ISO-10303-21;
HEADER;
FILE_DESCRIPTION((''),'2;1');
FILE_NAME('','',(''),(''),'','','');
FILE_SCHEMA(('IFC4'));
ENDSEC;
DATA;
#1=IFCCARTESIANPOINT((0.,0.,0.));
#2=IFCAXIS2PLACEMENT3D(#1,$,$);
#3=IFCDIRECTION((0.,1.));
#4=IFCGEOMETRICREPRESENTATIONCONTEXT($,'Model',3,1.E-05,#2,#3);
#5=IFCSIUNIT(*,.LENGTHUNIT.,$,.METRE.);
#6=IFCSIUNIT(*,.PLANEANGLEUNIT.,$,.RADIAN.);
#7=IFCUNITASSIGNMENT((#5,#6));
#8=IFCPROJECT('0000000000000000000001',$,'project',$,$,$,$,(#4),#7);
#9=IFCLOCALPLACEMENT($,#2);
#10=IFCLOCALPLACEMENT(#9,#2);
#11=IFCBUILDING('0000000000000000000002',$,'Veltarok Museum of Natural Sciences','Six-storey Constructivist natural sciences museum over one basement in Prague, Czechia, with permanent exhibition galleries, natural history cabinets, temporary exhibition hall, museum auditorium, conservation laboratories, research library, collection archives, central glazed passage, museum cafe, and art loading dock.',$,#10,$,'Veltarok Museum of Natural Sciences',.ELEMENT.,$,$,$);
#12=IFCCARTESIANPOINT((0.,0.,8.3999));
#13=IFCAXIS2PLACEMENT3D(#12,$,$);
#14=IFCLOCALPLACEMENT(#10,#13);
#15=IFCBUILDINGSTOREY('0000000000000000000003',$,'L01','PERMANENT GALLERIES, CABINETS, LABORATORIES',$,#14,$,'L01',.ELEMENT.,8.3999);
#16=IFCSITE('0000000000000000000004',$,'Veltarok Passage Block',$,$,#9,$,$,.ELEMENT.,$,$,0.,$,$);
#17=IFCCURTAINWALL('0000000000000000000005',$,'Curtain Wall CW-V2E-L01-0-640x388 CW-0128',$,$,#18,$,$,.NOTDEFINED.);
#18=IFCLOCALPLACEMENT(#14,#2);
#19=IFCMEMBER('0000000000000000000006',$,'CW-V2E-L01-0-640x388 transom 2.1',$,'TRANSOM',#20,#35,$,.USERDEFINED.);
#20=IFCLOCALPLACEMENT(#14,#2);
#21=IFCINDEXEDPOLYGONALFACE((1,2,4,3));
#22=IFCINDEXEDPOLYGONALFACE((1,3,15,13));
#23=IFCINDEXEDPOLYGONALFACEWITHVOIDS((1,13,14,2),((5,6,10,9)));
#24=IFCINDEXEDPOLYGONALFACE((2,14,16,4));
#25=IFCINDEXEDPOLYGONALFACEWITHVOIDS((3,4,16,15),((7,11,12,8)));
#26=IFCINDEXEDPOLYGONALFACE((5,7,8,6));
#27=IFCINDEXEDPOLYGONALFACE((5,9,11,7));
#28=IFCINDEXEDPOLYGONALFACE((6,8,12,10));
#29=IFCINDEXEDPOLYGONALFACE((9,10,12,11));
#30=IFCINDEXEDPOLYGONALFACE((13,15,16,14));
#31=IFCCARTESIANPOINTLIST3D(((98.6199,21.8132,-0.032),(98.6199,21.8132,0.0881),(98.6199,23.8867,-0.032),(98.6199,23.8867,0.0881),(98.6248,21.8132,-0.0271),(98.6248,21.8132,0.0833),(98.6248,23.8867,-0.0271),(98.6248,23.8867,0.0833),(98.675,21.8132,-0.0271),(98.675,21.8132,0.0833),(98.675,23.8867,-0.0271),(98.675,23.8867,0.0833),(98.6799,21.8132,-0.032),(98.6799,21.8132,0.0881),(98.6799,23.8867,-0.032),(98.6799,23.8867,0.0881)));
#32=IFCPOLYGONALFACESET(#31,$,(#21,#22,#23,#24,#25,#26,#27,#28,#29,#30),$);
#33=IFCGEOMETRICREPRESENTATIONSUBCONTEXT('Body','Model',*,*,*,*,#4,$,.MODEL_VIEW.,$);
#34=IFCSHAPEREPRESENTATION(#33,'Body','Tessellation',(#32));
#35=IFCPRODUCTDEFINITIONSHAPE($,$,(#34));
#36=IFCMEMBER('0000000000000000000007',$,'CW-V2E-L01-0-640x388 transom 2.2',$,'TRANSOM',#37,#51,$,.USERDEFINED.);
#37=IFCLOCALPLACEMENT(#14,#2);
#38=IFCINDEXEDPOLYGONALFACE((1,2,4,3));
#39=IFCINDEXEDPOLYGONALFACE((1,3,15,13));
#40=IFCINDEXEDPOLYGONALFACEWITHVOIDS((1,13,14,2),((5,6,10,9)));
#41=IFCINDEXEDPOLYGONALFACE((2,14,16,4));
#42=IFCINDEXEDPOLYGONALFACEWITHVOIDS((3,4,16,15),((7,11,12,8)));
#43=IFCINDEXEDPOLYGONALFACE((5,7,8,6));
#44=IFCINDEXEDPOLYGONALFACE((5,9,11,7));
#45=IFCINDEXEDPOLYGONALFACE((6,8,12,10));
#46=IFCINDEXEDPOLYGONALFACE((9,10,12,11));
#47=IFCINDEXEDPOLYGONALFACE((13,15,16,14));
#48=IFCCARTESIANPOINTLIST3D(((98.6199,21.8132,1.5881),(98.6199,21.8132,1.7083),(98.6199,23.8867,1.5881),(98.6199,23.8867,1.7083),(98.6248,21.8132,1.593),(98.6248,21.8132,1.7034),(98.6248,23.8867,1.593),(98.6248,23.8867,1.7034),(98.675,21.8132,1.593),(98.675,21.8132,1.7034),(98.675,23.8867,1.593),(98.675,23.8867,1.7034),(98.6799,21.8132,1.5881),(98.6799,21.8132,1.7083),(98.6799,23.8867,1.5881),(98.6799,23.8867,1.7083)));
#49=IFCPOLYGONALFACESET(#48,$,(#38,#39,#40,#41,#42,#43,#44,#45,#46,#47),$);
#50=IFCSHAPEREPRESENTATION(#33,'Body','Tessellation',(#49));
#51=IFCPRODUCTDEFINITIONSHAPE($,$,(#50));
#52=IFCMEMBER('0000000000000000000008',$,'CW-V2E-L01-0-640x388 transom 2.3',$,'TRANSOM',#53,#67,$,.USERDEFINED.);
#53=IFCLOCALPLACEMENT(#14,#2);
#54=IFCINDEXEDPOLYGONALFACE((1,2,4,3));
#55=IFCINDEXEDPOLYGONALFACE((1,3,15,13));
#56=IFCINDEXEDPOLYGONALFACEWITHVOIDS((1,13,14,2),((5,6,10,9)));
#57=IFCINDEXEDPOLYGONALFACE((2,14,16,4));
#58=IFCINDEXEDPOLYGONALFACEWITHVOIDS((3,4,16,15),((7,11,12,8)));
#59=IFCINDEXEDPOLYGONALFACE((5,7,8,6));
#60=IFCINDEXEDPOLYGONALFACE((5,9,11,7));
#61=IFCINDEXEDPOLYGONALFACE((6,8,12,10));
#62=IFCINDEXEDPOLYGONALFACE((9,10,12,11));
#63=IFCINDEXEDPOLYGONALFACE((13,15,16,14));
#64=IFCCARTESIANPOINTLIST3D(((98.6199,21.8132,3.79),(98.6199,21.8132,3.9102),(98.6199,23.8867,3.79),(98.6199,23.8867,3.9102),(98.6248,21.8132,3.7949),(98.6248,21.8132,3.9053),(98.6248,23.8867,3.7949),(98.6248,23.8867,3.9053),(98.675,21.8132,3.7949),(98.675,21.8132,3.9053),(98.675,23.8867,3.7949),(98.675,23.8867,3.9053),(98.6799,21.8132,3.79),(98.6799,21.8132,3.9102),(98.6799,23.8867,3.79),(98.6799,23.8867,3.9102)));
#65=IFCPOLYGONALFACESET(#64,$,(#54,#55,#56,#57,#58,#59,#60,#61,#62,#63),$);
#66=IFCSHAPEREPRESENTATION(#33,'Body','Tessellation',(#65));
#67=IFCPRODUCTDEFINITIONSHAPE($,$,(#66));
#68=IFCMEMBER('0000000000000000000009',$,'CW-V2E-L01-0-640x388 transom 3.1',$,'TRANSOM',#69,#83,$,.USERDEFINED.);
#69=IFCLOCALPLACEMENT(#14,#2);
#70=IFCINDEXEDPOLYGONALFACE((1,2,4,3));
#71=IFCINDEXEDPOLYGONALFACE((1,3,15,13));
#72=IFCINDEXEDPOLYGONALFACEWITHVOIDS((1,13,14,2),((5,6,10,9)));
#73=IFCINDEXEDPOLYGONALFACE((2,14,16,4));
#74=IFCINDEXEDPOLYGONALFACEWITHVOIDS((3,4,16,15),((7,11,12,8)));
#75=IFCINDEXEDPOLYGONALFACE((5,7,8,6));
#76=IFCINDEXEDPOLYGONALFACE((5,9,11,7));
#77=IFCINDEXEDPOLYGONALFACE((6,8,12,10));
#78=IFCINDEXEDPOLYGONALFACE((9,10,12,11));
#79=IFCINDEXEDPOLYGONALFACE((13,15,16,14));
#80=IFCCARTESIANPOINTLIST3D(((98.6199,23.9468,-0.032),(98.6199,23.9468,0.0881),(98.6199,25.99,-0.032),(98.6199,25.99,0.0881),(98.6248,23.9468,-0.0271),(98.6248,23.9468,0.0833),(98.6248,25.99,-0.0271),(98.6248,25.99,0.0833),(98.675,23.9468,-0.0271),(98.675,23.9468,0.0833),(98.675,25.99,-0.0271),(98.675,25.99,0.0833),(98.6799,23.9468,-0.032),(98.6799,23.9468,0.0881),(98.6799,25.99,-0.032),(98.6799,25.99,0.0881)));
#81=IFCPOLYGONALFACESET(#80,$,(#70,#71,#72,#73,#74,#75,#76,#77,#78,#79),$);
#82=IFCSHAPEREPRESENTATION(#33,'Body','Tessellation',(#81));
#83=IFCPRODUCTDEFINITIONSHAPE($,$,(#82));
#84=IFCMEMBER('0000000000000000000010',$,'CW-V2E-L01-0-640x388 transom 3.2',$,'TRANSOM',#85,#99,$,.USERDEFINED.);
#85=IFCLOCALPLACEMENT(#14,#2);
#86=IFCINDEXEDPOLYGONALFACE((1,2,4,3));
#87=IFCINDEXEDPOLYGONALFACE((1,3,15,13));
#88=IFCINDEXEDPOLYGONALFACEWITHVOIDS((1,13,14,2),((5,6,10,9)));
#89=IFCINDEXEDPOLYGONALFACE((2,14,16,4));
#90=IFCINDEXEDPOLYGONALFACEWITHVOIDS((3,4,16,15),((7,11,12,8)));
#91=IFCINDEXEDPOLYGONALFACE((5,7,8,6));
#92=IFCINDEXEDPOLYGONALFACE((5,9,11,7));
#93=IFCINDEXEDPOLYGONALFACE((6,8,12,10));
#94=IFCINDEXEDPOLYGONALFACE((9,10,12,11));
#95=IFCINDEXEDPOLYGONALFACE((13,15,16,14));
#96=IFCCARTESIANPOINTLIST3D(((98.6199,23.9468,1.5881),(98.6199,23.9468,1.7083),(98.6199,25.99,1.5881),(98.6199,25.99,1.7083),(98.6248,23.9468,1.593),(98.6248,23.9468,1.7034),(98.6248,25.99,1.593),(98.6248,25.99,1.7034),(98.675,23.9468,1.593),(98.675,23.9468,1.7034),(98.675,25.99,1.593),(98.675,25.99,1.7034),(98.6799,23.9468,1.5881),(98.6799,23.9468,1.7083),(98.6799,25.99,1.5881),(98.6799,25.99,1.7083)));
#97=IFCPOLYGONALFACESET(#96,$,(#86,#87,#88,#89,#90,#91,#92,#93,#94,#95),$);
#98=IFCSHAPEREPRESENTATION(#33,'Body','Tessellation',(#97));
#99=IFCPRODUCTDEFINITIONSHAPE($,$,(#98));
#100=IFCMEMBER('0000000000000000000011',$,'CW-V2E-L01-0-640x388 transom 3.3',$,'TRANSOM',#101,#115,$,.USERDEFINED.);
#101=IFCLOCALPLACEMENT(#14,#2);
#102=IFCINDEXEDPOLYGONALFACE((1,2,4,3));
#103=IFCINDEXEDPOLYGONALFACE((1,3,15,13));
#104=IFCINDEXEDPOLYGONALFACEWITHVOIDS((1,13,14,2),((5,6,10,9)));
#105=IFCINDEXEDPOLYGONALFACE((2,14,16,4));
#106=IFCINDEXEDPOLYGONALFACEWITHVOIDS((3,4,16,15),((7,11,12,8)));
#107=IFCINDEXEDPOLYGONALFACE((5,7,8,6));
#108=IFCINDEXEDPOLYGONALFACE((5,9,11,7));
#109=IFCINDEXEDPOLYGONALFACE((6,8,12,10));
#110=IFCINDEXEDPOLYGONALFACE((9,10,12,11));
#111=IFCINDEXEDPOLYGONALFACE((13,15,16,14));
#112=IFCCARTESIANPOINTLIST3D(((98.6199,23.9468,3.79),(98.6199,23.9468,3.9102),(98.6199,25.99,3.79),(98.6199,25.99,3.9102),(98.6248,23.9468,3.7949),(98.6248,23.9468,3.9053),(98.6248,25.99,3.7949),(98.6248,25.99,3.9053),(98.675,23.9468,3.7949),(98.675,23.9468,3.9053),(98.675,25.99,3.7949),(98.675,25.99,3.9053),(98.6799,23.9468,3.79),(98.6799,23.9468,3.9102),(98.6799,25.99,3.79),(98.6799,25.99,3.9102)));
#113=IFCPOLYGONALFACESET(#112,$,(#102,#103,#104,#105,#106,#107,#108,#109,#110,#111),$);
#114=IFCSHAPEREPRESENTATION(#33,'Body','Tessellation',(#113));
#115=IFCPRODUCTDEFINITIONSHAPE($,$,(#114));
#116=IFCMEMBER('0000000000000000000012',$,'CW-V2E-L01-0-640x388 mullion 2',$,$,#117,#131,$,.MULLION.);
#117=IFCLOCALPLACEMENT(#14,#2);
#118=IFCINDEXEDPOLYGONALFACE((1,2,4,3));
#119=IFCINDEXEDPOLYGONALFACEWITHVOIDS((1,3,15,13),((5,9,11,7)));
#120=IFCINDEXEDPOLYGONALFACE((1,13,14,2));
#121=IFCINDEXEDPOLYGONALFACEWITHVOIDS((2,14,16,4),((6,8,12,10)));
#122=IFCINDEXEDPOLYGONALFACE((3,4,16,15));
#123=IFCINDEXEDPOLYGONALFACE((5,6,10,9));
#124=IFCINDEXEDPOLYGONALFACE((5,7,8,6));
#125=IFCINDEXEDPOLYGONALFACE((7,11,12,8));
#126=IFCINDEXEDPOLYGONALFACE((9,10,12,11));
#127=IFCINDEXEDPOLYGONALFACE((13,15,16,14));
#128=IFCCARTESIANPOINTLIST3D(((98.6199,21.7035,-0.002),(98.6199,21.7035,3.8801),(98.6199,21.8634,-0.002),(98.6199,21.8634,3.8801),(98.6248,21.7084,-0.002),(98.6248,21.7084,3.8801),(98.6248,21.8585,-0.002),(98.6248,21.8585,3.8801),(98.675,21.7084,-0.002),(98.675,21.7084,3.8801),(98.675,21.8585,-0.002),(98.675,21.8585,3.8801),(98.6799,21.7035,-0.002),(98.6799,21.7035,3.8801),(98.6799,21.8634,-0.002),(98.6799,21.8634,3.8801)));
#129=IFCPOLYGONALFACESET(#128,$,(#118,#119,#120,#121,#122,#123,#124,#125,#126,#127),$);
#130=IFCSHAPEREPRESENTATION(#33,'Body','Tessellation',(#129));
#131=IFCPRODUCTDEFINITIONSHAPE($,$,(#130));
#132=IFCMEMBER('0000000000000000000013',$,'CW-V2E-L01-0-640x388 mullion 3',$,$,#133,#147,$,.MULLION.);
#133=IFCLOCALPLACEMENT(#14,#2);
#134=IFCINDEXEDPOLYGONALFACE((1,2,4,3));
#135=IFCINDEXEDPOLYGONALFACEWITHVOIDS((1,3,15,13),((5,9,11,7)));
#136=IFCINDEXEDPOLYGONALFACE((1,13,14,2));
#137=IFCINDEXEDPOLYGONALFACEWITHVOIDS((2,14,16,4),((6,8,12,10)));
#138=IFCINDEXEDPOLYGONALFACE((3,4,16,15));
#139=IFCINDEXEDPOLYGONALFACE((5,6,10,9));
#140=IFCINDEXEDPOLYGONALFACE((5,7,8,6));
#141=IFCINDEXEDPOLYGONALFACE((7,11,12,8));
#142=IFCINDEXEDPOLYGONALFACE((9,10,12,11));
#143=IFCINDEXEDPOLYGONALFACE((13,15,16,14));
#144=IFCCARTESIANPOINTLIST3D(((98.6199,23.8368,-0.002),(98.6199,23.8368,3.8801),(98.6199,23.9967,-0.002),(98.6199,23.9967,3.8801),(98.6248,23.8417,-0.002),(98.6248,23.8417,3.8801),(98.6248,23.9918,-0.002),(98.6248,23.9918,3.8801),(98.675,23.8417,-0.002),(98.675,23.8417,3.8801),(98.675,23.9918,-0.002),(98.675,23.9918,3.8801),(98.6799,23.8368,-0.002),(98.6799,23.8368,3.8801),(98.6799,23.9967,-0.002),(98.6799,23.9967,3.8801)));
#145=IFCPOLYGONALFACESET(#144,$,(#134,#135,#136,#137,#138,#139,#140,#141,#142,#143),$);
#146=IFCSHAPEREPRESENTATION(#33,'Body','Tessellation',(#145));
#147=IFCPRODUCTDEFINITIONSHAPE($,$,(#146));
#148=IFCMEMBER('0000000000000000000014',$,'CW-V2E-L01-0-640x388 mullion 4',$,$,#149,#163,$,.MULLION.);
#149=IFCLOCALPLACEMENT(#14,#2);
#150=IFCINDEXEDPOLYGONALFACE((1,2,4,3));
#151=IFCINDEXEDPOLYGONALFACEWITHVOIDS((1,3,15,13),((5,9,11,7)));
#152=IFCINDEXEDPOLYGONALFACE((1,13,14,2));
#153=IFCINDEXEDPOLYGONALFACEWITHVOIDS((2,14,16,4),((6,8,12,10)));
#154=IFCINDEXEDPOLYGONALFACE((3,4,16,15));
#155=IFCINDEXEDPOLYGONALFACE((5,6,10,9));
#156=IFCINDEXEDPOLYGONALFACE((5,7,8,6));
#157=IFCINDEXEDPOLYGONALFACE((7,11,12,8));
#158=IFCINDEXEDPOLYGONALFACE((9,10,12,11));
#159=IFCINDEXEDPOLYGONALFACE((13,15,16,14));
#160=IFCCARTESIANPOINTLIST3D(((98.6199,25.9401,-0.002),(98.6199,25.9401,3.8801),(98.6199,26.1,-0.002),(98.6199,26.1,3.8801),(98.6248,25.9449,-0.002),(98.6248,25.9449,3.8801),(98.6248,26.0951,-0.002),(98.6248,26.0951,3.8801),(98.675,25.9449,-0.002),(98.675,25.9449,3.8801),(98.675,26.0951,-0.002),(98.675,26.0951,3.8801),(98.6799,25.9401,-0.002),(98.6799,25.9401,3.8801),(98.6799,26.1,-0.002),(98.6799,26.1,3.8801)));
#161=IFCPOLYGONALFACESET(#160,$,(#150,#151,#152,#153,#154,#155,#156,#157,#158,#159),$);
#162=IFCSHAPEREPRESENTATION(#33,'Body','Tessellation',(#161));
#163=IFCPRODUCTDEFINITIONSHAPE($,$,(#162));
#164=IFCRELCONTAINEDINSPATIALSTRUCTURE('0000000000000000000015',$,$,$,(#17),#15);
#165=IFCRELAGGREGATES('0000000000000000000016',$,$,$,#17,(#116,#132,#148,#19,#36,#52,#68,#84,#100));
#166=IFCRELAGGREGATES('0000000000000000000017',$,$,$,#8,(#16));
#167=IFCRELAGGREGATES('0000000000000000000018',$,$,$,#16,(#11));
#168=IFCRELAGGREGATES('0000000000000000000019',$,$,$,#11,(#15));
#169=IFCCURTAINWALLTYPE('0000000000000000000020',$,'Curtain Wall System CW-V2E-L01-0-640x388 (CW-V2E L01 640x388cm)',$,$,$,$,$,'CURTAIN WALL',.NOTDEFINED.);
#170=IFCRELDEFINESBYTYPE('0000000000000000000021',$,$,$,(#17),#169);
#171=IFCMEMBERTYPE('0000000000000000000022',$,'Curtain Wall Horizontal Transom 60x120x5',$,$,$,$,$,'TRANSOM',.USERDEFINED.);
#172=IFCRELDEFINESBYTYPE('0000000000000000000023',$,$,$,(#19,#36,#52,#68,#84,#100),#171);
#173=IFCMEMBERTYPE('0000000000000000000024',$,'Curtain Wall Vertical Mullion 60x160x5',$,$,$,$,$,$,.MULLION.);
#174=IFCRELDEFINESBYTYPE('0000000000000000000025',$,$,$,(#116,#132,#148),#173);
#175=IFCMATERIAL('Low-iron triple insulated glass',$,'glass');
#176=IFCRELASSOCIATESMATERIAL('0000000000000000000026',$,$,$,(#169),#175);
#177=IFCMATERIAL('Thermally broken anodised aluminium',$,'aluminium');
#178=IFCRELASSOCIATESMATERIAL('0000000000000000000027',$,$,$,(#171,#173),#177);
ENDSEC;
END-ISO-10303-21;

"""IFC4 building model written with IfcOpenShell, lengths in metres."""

from ifc_helpers import new_model, si_unit, direction, frame, origin, origin_2d, place, context, subcontext, project, spatial, hollow_rectangle, extrude, material, material_profile, profile_set, type_object, element, aggregate, save


model = new_model("IFC4")

# Units and contexts
model_context = context("Model", 3, precision=1e-05, world=origin(), true_north=direction((0.0, 1.0)))
body_context = subcontext(model_context, "Body", "Model", "MODEL_VIEW")
ifc_project = project(units=[si_unit("LENGTHUNIT", "METRE"), si_unit("PLANEANGLEUNIT", "RADIAN")], contexts=[model_context])

# Site, building, storey
site_placement = place(None, origin())
site = spatial("IfcSite", under=ifc_project, at=site_placement, Name="Veltarok Passage Block", CompositionType="ELEMENT", RefElevation=0.0)
building_placement = place(site_placement, origin())
building = spatial("IfcBuilding", under=site, at=building_placement, Name="Veltarok Museum of Natural Sciences", Description="Six-storey Constructivist natural sciences museum over one basement in Prague, Czechia, with permanent exhibition galleries, natural history cabinets, temporary exhibition hall, museum auditorium, conservation laboratories, research library, collection archives, central glazed passage, museum cafe, and art loading dock.", LongName="Veltarok Museum of Natural Sciences", CompositionType="ELEMENT")
storey_placement = place(building_placement, frame((0.0, 0.0, 8.3999)))
storey = spatial("IfcBuildingStorey", under=building, at=storey_placement, Name="L01", Description="PERMANENT GALLERIES, CABINETS, LABORATORIES", LongName="L01", CompositionType="ELEMENT", Elevation=8.3999)

# Curtain wall, members
ifc_material_1 = material(Name="Low-iron triple insulated glass", Category="glass")
curtain_wall_type = type_object("IfcCurtainWallType", Name="Curtain Wall System CW-V2E-L01-0-640x388 (CW-V2E L01 640x388cm)", ElementType="CURTAIN WALL", PredefinedType="NOTDEFINED", material=ifc_material_1)
curtain_wall_placement = place(storey_placement, origin())
curtain_wall = element("IfcCurtainWall", 1, at=curtain_wall_placement, inside=storey, type_object=curtain_wall_type, Name="Curtain Wall CW-V2E-L01-0-640x388 CW-0128", PredefinedType="NOTDEFINED")
ifc_material_2 = material(Name="Thermally broken anodised aluminium", Category="aluminium")
ifc_material_profile_1 = material_profile(ifc_material_2, hollow_rectangle(XDim=0.0601, YDim=0.1201, WallThickness=0.0049, at=origin_2d()), Name="CW TRANSOM 60x120x5")
ifc_profile_set_1 = profile_set([ifc_material_profile_1], Name="Thermally broken anodised aluminium")
member_type_1 = type_object("IfcMemberType", Name="Curtain Wall Horizontal Transom 60x120x5", ElementType="TRANSOM", PredefinedType="USERDEFINED", material=ifc_profile_set_1)
member_1_placement = place(storey_placement, frame((98.6499, 21.8132, 0.0281), z_axis=(0.0, 1.0, 0.0), x_axis=(-1.0, 0.0, 0.0)))
member_1 = element("IfcMember", 2, at=member_1_placement, type_object=member_type_1, Name="CW-V2E-L01-0-640x388 transom 2.1", ObjectType="TRANSOM", PredefinedType="USERDEFINED", context=body_context, shape_type="SweptSolid", body=[
    extrude(hollow_rectangle(XDim=0.0601, YDim=0.1201, WallThickness=0.0049, at=origin_2d()), origin(), (0.0, 0.0, 1.0), 2.0735),
])
member_2_placement = place(storey_placement, frame((98.6499, 21.8132, 1.6482), z_axis=(0.0, 1.0, 0.0), x_axis=(-1.0, 0.0, 0.0)))
member_2 = element("IfcMember", 3, at=member_2_placement, type_object=member_type_1, Name="CW-V2E-L01-0-640x388 transom 2.2", ObjectType="TRANSOM", PredefinedType="USERDEFINED", context=body_context, shape_type="SweptSolid", body=[
    extrude(hollow_rectangle(XDim=0.0601, YDim=0.1201, WallThickness=0.0049, at=origin_2d()), origin(), (0.0, 0.0, 1.0), 2.0735),
])
member_3_placement = place(storey_placement, frame((98.6499, 21.8132, 3.8501), z_axis=(0.0, 1.0, 0.0), x_axis=(-1.0, 0.0, 0.0)))
member_3 = element("IfcMember", 4, at=member_3_placement, type_object=member_type_1, Name="CW-V2E-L01-0-640x388 transom 2.3", ObjectType="TRANSOM", PredefinedType="USERDEFINED", context=body_context, shape_type="SweptSolid", body=[
    extrude(hollow_rectangle(XDim=0.0601, YDim=0.1201, WallThickness=0.0049, at=origin_2d()), origin(), (0.0, 0.0, 1.0), 2.0735),
])
member_4_placement = place(storey_placement, frame((98.6499, 23.9468, 0.0281), z_axis=(0.0, 1.0, 0.0), x_axis=(-1.0, 0.0, 0.0)))
member_4 = element("IfcMember", 5, at=member_4_placement, type_object=member_type_1, Name="CW-V2E-L01-0-640x388 transom 3.1", ObjectType="TRANSOM", PredefinedType="USERDEFINED", context=body_context, shape_type="SweptSolid", body=[
    extrude(hollow_rectangle(XDim=0.0601, YDim=0.1201, WallThickness=0.0049, at=origin_2d()), origin(), (0.0, 0.0, 1.0), 2.0432),
])
member_5_placement = place(storey_placement, frame((98.6499, 23.9468, 1.6482), z_axis=(0.0, 1.0, 0.0), x_axis=(-1.0, 0.0, 0.0)))
member_5 = element("IfcMember", 6, at=member_5_placement, type_object=member_type_1, Name="CW-V2E-L01-0-640x388 transom 3.2", ObjectType="TRANSOM", PredefinedType="USERDEFINED", context=body_context, shape_type="SweptSolid", body=[
    extrude(hollow_rectangle(XDim=0.0601, YDim=0.1201, WallThickness=0.0049, at=origin_2d()), origin(), (0.0, 0.0, 1.0), 2.0432),
])
member_6_placement = place(storey_placement, frame((98.6499, 23.9468, 3.8501), z_axis=(0.0, 1.0, 0.0), x_axis=(-1.0, 0.0, 0.0)))
member_6 = element("IfcMember", 7, at=member_6_placement, type_object=member_type_1, Name="CW-V2E-L01-0-640x388 transom 3.3", ObjectType="TRANSOM", PredefinedType="USERDEFINED", context=body_context, shape_type="SweptSolid", body=[
    extrude(hollow_rectangle(XDim=0.0601, YDim=0.1201, WallThickness=0.0049, at=origin_2d()), origin(), (0.0, 0.0, 1.0), 2.0432),
])
ifc_material_profile_2 = material_profile(ifc_material_2, hollow_rectangle(XDim=0.0601, YDim=0.1599, WallThickness=0.0049, at=origin_2d()), Name="CW MULLION 60x160x5")
ifc_profile_set_2 = profile_set([ifc_material_profile_2], Name="Thermally broken anodised aluminium")
member_type_2 = type_object("IfcMemberType", Name="Curtain Wall Vertical Mullion 60x160x5", PredefinedType="MULLION", material=ifc_profile_set_2)
member_7_placement = place(storey_placement, frame((98.6499, 21.7834, -0.002), z_axis=(0.0, 0.0, 1.0), x_axis=(-1.0, 0.0, 0.0)))
member_7 = element("IfcMember", 8, at=member_7_placement, type_object=member_type_2, Name="CW-V2E-L01-0-640x388 mullion 2", PredefinedType="MULLION", context=body_context, shape_type="SweptSolid", body=[
    extrude(hollow_rectangle(XDim=0.0601, YDim=0.1599, WallThickness=0.0049, at=origin_2d()), origin(), (0.0, 0.0, 1.0), 3.8821),
])
member_8_placement = place(storey_placement, frame((98.6499, 23.9167, -0.002), z_axis=(0.0, 0.0, 1.0), x_axis=(-1.0, 0.0, 0.0)))
member_8 = element("IfcMember", 9, at=member_8_placement, type_object=member_type_2, Name="CW-V2E-L01-0-640x388 mullion 3", PredefinedType="MULLION", context=body_context, shape_type="SweptSolid", body=[
    extrude(hollow_rectangle(XDim=0.0601, YDim=0.1599, WallThickness=0.0049, at=origin_2d()), origin(), (0.0, 0.0, 1.0), 3.8821),
])
member_9_placement = place(storey_placement, frame((98.6499, 26.02, -0.002), z_axis=(0.0, 0.0, 1.0), x_axis=(-1.0, 0.0, 0.0)))
member_9 = element("IfcMember", 10, at=member_9_placement, type_object=member_type_2, Name="CW-V2E-L01-0-640x388 mullion 4", PredefinedType="MULLION", context=body_context, shape_type="SweptSolid", body=[
    extrude(hollow_rectangle(XDim=0.0601, YDim=0.1599, WallThickness=0.0049, at=origin_2d()), origin(), (0.0, 0.0, 1.0), 3.8821),
])

aggregate(curtain_wall, [member_7, member_8, member_9, member_1, member_2, member_3, member_4, member_5, member_6])

save(model, "model.ifc")
